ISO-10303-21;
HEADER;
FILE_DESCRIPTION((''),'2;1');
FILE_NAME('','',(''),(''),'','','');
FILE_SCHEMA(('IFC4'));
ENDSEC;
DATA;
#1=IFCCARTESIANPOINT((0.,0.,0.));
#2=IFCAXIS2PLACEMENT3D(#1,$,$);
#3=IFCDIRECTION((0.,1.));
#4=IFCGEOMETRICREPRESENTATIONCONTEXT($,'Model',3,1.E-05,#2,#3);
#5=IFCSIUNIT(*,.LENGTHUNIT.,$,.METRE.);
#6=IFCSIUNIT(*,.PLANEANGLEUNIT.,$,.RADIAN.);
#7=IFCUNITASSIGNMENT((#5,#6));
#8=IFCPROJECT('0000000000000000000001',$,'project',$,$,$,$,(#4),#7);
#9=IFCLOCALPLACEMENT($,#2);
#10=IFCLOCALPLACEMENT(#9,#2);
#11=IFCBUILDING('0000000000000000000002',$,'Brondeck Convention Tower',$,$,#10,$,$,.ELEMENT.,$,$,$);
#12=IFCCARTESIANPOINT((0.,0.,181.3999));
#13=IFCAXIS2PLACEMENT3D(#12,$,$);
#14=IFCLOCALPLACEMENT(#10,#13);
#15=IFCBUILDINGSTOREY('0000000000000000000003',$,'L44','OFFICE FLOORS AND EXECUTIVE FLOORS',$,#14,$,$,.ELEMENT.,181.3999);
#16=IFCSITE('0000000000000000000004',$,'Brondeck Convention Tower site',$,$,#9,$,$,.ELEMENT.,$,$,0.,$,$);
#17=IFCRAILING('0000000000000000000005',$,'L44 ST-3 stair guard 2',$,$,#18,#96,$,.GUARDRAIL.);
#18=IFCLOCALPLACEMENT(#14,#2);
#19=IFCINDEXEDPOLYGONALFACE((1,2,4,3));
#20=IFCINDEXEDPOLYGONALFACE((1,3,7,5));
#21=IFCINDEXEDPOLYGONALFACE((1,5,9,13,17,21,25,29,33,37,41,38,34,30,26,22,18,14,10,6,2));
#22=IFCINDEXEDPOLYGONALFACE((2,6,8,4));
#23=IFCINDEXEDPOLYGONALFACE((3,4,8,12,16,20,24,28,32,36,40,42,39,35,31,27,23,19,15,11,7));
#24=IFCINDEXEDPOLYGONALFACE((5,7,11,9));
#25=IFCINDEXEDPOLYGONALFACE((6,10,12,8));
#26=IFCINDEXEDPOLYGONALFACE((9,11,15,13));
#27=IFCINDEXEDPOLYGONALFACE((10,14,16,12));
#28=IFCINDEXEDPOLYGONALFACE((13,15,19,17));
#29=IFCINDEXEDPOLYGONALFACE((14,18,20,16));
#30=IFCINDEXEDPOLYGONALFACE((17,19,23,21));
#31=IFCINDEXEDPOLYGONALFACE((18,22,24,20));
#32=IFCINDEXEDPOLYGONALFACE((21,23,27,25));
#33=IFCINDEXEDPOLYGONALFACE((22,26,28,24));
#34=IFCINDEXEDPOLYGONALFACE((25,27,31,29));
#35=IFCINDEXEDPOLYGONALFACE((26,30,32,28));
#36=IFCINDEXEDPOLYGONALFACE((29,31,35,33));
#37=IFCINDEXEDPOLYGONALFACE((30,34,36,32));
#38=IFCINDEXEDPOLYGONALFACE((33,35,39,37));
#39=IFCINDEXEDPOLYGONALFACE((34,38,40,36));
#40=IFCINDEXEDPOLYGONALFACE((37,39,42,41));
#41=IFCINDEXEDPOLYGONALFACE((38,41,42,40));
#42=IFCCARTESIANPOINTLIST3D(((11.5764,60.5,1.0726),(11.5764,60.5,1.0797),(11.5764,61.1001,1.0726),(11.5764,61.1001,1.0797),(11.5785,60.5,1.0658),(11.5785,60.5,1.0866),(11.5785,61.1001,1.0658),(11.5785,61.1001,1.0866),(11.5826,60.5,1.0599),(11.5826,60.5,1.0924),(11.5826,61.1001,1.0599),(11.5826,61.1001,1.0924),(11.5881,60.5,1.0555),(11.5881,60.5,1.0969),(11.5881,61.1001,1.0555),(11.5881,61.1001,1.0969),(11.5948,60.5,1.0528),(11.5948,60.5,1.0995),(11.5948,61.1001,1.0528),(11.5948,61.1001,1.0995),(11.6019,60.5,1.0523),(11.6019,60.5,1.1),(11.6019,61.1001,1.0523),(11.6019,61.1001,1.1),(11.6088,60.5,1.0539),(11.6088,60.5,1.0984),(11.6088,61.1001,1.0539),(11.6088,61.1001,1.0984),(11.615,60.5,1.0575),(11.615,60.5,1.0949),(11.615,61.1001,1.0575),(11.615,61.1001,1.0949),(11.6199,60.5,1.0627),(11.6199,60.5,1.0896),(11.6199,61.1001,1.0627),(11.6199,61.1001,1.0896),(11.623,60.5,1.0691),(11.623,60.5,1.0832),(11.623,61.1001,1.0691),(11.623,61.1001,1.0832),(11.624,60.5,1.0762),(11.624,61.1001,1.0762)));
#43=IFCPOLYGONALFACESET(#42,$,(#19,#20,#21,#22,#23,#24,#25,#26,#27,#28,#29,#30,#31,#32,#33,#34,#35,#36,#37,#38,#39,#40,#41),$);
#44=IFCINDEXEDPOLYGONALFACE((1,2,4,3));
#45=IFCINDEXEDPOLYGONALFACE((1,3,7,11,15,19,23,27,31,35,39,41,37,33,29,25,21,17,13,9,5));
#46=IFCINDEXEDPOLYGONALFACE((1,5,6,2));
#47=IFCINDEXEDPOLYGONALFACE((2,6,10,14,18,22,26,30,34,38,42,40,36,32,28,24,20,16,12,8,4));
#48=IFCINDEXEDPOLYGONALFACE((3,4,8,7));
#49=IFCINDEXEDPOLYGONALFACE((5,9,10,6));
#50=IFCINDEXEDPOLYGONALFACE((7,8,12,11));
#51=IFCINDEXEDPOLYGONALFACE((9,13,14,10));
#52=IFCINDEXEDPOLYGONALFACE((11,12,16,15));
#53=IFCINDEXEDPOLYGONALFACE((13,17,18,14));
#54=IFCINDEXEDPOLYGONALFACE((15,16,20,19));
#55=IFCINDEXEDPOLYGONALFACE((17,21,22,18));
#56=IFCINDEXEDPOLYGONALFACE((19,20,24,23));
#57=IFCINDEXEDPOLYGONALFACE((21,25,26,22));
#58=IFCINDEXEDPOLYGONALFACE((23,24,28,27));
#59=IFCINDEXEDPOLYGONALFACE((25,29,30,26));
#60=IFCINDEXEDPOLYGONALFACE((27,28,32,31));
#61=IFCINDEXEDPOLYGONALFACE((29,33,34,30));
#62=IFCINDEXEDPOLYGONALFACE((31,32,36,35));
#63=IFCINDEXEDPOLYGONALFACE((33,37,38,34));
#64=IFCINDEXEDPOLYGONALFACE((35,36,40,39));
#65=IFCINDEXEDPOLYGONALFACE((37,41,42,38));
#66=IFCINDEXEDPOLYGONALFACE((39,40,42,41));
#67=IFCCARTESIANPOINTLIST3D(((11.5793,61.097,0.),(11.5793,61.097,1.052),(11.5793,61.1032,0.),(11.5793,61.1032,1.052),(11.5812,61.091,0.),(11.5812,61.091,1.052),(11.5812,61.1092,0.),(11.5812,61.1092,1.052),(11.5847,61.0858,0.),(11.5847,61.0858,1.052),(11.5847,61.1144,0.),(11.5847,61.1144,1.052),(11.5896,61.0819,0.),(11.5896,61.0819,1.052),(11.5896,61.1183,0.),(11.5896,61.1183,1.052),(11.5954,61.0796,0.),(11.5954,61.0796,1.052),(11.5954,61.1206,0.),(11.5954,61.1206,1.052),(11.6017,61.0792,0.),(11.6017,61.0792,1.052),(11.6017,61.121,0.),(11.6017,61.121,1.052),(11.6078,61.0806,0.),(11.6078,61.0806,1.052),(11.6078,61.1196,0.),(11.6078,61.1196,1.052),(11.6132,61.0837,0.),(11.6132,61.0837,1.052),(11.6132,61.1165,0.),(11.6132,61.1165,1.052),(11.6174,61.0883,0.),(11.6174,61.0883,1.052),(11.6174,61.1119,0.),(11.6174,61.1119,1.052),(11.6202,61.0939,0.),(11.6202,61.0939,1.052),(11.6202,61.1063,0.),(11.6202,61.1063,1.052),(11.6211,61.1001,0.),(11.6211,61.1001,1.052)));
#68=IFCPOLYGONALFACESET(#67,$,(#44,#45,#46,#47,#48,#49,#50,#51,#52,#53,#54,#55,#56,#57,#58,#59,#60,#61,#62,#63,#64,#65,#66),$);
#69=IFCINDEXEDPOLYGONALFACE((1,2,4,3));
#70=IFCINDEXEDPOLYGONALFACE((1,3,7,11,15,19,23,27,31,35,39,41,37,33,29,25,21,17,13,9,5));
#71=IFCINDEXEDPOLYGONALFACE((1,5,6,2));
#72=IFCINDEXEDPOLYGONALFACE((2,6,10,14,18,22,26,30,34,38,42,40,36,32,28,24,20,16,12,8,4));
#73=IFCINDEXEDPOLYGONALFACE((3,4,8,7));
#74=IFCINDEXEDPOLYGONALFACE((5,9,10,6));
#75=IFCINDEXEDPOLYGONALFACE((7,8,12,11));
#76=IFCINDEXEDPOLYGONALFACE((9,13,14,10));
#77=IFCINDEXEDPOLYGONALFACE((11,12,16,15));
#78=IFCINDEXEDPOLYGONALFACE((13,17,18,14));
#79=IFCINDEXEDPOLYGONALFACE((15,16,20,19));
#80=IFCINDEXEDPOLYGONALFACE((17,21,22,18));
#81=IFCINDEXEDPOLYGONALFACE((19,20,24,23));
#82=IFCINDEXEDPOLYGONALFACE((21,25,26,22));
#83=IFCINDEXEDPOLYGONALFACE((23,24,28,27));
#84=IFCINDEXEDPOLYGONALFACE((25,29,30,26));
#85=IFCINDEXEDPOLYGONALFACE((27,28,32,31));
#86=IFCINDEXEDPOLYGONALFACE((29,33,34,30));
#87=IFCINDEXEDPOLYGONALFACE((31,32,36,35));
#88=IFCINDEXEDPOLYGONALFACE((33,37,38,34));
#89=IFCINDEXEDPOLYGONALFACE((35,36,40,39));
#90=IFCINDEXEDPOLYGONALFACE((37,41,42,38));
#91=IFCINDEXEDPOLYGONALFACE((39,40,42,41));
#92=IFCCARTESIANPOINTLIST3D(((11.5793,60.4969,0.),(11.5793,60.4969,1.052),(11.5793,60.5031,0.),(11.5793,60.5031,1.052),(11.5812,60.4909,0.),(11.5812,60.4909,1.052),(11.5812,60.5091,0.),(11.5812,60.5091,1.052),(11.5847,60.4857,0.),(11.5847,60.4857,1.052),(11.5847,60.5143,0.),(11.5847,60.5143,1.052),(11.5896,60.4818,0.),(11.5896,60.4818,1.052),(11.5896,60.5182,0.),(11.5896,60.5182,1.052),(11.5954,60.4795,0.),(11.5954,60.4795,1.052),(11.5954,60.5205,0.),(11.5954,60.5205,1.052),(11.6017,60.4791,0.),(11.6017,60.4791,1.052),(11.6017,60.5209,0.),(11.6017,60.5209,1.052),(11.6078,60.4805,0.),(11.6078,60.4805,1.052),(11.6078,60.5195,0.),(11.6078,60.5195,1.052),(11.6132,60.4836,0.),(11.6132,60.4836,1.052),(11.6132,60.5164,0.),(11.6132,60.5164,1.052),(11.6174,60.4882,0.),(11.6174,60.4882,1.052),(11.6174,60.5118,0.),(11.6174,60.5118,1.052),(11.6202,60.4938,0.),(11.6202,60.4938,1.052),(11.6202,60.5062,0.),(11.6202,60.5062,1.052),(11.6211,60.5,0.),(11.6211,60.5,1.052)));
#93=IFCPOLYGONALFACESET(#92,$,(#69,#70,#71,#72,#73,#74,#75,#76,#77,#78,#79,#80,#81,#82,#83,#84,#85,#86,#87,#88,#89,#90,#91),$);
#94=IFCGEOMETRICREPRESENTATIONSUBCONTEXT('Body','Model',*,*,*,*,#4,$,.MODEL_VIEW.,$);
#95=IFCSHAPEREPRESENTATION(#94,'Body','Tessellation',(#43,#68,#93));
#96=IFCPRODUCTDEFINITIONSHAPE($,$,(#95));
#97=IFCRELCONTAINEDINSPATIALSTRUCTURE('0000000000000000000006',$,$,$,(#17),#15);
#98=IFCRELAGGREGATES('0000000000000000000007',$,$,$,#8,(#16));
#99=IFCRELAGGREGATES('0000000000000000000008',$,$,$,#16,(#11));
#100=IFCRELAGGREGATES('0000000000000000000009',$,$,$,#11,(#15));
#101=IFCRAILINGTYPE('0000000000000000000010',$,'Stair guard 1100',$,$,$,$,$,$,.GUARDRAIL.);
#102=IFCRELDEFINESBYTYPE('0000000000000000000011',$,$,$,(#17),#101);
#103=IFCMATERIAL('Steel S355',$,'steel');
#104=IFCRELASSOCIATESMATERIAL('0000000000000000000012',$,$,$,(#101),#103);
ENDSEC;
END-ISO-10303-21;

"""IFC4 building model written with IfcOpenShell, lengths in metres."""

from ifc_helpers import new_model, si_unit, direction, frame, origin, origin_2d, place, context, subcontext, project, spatial, circle, extrude, material, type_object, element, save


model = new_model("IFC4")

# Units and contexts
model_context = context("Model", 3, precision=1e-05, world=origin(), true_north=direction((0.0, 1.0)))
body_context = subcontext(model_context, "Body", "Model", "MODEL_VIEW")
ifc_project = project(units=[si_unit("LENGTHUNIT", "METRE"), si_unit("PLANEANGLEUNIT", "RADIAN")], contexts=[model_context])

# Site, building, storey
site_placement = place(None, origin())
site = spatial("IfcSite", under=ifc_project, at=site_placement, Name="Brondeck Convention Tower site", CompositionType="ELEMENT", RefElevation=0.0)
building_placement = place(site_placement, origin())
building = spatial("IfcBuilding", under=site, at=building_placement, Name="Brondeck Convention Tower", CompositionType="ELEMENT")
storey_placement = place(building_placement, frame((0.0, 0.0, 181.3999)))
storey = spatial("IfcBuildingStorey", under=building, at=storey_placement, Name="L44", Description="OFFICE FLOORS AND EXECUTIVE FLOORS", CompositionType="ELEMENT", Elevation=181.3999)

# Railing
ifc_material_1 = material(Name="Steel S355", Category="steel")
railing_type_1 = type_object("IfcRailingType", Name="Stair guard 1100", PredefinedType="GUARDRAIL", material=ifc_material_1)
railing_1_placement = place(storey_placement, frame((11.6001, 61.1001, 0.0)))
element("IfcRailing", 1, at=railing_1_placement, inside=storey, type_object=railing_type_1, Name="L44 ST-3 stair guard 2", PredefinedType="GUARDRAIL", context=body_context, shape_type="SweptSolid", body=[
    extrude(circle(Radius=0.0239, at=origin_2d()), frame((0.0, 0.0, 1.0762), z_axis=(0.0, -1.0, 0.0), x_axis=(1.0, 0.0, 0.0)), (0.0, 0.0, 1.0), 0.6001),
    extrude(circle(Radius=0.021, at=origin_2d()), origin(), (0.0, 0.0, 1.0), 1.052),
    extrude(circle(Radius=0.021, at=origin_2d()), frame((0.0, -0.6001, 0.0)), (0.0, 0.0, 1.0), 1.052),
])

save(model, "model.ifc")
